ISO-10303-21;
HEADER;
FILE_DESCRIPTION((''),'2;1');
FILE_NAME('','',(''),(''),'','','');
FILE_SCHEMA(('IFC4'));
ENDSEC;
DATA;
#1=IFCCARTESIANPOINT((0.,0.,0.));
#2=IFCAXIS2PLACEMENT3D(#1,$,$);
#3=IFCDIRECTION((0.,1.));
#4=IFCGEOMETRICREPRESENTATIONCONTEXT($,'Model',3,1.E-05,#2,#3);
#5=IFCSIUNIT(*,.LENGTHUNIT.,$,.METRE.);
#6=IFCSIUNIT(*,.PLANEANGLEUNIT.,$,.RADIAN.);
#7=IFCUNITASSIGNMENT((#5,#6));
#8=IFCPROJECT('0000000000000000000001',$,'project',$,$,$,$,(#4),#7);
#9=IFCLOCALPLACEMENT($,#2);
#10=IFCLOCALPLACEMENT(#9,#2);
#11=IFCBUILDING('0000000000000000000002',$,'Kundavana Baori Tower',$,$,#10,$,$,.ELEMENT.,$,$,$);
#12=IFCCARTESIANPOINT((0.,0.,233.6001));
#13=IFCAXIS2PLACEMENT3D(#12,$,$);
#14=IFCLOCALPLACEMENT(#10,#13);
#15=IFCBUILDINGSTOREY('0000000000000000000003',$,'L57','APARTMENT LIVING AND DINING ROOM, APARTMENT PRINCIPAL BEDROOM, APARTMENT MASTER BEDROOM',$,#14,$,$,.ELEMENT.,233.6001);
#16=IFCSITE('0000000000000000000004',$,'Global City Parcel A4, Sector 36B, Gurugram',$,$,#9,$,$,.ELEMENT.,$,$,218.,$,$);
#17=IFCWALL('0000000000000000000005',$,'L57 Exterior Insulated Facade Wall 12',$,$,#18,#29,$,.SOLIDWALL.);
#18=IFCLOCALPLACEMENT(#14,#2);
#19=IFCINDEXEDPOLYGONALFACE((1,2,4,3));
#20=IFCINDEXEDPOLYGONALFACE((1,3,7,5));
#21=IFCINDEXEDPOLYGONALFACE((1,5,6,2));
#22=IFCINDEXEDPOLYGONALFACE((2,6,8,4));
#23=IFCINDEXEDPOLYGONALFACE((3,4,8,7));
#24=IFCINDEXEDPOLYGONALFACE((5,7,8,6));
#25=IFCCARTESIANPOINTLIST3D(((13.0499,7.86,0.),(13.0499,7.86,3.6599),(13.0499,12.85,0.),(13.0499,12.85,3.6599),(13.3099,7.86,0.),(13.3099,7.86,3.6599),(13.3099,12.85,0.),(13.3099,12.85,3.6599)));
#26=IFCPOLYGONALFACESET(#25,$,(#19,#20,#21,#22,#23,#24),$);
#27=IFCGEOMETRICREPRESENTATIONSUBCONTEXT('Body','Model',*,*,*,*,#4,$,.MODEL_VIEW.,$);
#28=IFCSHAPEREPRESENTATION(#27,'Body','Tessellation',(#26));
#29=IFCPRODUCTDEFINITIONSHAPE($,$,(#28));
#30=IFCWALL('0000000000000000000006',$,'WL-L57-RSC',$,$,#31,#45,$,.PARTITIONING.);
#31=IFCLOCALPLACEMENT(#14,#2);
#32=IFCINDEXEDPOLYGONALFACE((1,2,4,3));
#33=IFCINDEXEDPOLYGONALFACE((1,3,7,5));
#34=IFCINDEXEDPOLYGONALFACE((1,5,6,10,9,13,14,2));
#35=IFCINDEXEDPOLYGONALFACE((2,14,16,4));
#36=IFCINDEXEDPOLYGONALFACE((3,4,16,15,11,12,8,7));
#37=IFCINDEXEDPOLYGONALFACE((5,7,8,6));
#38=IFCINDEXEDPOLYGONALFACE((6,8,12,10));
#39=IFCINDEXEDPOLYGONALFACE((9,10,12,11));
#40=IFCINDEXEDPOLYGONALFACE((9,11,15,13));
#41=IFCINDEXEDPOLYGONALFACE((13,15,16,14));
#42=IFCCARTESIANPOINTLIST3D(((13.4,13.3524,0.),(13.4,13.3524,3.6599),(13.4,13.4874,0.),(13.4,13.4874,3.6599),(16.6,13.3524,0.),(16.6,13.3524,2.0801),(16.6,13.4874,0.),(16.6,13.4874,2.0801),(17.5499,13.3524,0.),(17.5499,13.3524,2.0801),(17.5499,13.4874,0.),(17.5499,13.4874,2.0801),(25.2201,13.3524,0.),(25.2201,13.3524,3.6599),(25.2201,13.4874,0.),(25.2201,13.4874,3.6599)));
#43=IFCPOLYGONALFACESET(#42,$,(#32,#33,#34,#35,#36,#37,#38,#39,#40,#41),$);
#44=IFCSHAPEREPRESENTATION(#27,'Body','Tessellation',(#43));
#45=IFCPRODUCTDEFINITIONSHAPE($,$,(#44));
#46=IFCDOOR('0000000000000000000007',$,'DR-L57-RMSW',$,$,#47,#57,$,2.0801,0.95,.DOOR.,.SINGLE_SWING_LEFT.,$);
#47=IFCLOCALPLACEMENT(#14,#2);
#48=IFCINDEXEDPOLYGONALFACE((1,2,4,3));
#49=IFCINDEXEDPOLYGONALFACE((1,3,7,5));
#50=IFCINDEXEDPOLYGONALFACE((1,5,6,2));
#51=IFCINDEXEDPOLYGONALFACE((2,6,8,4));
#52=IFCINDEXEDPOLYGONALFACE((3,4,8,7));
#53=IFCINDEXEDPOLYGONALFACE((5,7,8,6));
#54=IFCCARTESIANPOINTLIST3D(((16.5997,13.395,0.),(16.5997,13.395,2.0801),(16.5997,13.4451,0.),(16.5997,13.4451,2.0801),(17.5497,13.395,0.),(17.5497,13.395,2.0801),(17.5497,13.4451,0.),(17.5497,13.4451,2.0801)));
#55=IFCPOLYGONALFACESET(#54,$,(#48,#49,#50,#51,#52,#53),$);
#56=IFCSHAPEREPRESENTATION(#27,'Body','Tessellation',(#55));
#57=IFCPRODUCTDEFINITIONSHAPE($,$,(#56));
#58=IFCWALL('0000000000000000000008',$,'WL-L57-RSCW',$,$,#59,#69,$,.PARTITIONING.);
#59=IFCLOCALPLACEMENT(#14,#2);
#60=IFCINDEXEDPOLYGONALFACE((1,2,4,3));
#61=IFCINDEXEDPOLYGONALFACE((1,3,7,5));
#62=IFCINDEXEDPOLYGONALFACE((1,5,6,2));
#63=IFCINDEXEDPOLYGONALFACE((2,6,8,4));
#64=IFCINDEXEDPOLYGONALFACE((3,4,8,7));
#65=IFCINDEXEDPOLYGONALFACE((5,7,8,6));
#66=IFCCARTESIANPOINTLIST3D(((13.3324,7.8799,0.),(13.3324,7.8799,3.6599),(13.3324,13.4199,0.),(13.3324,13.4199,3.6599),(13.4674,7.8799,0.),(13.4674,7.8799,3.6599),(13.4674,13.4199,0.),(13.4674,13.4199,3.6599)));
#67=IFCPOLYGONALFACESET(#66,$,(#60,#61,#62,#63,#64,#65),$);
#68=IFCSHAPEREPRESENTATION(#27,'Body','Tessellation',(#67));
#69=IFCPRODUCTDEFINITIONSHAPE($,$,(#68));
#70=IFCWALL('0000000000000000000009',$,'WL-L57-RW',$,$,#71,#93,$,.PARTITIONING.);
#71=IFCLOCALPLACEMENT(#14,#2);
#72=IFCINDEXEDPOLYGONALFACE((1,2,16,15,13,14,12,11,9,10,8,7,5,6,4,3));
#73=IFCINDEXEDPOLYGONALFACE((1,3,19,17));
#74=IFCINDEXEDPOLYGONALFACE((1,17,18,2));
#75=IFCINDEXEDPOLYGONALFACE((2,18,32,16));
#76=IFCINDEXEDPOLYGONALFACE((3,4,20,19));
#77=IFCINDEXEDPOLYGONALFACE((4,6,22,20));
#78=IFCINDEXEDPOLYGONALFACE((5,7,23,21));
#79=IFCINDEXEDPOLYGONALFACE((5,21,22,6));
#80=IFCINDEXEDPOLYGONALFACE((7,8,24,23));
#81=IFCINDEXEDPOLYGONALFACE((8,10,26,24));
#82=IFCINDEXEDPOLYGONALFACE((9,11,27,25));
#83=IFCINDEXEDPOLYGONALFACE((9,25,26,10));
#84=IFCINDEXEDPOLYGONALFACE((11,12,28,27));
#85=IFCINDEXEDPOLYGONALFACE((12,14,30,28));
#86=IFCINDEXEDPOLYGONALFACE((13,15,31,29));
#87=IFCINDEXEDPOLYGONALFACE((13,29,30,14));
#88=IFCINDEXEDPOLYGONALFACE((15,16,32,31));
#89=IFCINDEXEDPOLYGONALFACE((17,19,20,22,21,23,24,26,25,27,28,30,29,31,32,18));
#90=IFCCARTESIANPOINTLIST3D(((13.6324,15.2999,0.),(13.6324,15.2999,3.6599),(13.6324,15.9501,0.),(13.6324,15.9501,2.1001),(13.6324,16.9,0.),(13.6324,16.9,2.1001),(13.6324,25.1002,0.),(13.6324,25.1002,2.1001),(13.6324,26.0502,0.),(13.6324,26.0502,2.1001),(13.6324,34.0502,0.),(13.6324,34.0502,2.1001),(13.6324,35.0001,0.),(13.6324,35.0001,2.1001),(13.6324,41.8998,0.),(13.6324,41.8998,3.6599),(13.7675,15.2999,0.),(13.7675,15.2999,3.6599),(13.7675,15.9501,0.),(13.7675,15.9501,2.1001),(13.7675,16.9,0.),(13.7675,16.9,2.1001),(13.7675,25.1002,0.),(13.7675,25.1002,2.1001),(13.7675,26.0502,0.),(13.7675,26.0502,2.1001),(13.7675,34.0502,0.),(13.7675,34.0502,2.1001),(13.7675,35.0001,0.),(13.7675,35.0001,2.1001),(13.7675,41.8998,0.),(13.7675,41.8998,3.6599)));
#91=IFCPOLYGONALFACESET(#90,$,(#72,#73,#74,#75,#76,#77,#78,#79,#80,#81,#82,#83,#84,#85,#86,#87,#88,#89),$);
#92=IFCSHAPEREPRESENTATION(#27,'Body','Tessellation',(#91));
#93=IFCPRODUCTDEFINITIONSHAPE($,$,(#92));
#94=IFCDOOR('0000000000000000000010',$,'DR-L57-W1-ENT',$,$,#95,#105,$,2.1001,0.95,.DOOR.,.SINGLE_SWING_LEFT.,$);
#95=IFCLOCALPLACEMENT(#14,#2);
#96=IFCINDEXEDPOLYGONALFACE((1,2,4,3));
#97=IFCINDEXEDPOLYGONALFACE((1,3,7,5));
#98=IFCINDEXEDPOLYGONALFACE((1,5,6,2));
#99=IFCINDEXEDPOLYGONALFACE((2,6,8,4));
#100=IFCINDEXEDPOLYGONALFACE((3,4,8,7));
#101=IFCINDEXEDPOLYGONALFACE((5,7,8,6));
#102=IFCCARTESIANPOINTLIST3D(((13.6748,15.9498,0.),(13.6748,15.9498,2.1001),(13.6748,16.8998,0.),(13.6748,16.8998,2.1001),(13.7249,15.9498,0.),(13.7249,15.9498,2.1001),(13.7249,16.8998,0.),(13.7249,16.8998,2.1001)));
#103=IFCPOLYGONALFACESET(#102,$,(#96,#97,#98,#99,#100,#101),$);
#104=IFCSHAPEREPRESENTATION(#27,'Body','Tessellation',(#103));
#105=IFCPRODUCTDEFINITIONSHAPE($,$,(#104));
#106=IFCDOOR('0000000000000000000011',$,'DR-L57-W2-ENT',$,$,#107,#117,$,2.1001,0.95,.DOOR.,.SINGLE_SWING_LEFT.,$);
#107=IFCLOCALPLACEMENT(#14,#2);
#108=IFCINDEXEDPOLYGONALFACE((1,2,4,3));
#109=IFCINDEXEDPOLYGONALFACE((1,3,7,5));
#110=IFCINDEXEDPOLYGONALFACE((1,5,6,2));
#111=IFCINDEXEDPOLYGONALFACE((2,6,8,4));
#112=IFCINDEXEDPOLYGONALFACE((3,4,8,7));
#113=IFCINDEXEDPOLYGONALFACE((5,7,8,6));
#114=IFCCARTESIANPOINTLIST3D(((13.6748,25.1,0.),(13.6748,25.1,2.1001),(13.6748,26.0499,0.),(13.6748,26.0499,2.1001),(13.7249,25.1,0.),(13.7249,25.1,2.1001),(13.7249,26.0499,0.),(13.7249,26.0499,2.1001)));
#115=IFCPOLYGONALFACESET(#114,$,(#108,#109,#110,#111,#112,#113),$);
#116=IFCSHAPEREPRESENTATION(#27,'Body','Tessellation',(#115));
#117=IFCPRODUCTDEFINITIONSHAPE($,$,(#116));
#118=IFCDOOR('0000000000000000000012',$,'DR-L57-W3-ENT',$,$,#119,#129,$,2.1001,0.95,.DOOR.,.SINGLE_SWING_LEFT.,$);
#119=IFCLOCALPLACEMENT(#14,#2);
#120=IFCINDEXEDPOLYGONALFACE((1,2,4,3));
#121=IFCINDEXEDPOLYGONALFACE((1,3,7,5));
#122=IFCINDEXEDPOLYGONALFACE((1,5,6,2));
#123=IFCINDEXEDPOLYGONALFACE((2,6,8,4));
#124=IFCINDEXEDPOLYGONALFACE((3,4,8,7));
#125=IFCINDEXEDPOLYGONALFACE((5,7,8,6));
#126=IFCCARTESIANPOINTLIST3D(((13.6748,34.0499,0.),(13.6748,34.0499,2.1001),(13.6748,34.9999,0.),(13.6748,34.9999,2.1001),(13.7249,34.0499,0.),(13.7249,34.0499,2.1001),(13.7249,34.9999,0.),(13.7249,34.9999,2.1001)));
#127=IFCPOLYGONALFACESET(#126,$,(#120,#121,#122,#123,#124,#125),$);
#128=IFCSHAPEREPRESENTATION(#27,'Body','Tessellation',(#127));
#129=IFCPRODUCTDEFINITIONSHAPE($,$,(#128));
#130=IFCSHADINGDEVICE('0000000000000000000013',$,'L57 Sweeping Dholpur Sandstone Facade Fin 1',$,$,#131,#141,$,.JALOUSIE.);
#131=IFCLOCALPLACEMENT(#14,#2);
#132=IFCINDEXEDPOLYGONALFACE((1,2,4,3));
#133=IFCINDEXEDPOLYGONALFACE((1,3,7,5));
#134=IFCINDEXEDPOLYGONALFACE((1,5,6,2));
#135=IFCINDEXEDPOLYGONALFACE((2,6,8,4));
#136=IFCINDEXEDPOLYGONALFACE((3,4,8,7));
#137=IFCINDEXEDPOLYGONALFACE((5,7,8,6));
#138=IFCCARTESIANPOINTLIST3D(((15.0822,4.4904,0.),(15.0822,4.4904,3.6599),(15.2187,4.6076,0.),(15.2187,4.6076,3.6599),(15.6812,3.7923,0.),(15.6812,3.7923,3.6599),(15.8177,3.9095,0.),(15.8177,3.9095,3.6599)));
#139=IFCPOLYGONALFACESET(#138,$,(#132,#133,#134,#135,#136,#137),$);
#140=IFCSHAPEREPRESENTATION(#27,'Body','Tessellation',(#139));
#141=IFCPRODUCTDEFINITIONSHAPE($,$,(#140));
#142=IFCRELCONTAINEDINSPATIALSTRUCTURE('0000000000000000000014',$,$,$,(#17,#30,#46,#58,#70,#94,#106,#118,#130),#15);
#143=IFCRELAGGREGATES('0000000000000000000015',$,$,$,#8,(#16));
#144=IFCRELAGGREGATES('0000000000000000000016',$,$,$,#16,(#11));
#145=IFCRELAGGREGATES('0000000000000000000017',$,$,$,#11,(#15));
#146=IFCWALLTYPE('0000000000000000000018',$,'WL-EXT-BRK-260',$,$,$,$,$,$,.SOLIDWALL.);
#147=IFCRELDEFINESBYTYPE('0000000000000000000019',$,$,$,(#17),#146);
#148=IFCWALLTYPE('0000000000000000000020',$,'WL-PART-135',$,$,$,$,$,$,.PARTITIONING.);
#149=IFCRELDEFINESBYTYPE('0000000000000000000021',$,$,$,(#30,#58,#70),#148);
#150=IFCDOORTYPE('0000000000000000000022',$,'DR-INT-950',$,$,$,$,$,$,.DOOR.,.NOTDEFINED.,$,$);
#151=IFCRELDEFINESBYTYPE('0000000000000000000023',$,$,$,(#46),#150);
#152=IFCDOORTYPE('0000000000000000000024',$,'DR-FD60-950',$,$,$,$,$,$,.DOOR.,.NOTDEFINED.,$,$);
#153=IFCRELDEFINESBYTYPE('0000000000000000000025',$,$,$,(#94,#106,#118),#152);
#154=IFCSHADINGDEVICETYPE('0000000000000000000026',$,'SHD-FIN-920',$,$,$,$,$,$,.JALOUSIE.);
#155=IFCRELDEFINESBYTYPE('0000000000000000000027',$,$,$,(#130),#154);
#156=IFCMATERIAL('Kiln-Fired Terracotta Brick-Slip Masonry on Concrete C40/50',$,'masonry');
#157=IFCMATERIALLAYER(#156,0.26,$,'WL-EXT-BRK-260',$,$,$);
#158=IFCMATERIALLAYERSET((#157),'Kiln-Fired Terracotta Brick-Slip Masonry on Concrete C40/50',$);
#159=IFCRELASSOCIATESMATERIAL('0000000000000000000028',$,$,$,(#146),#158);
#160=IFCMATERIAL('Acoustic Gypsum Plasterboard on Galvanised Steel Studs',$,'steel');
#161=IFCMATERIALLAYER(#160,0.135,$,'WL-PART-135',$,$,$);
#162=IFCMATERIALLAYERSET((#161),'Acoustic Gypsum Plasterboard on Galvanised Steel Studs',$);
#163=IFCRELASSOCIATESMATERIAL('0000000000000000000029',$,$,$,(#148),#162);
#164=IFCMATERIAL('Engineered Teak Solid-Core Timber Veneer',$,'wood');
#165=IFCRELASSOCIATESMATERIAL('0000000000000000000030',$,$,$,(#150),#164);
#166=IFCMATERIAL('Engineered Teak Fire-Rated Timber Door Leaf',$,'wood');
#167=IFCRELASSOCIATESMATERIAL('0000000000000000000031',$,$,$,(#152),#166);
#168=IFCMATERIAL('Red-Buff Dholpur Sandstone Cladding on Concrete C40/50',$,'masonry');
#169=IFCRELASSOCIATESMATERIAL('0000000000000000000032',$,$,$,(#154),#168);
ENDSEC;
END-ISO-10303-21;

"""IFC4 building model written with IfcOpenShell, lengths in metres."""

from ifc_helpers import new_model, si_unit, direction, frame, frame_2d, origin, origin_2d, place, context, subcontext, project, spatial, rectangle, extrude, material, layer, layer_set, type_object, element, fill, save


model = new_model("IFC4")

# Units and contexts
model_context = context("Model", 3, precision=1e-05, world=origin(), true_north=direction((0.0, 1.0)))
body_context = subcontext(model_context, "Body", "Model", "MODEL_VIEW")
ifc_project = project(units=[si_unit("LENGTHUNIT", "METRE"), si_unit("PLANEANGLEUNIT", "RADIAN")], contexts=[model_context])

# Site, building, storey
site_placement = place(None, origin())
site = spatial("IfcSite", under=ifc_project, at=site_placement, Name="Global City Parcel A4, Sector 36B, Gurugram", CompositionType="ELEMENT", RefElevation=218.0)
building_placement = place(site_placement, origin())
building = spatial("IfcBuilding", under=site, at=building_placement, Name="Kundavana Baori Tower", CompositionType="ELEMENT")
storey_placement = place(building_placement, frame((0.0, 0.0, 233.6001)))
storey = spatial("IfcBuildingStorey", under=building, at=storey_placement, Name="L57", Description="APARTMENT LIVING AND DINING ROOM, APARTMENT PRINCIPAL BEDROOM, APARTMENT MASTER BEDROOM", CompositionType="ELEMENT", Elevation=233.6001)

# Shared definitions
ifc_material_1 = material(Name="Kiln-Fired Terracotta Brick-Slip Masonry on Concrete C40/50", Category="masonry")
ifc_layer_1 = layer(ifc_material_1, 0.26, Name="WL-EXT-BRK-260")
ifc_layer_set_1 = layer_set([ifc_layer_1], Name="Kiln-Fired Terracotta Brick-Slip Masonry on Concrete C40/50")
wall_type_1 = type_object("IfcWallType", Name="WL-EXT-BRK-260", PredefinedType="SOLIDWALL", material=ifc_layer_set_1)

# Wall
wall_1_placement = place(storey_placement, frame((13.1799, 12.8501, 0.0), z_axis=(0.0, 0.0, 1.0), x_axis=(0.0, -1.0, 0.0)))
element("IfcWall", 1, at=wall_1_placement, inside=storey, type_object=wall_type_1, Name="L57 Exterior Insulated Facade Wall 12", PredefinedType="SOLIDWALL", context=body_context, shape_type="SweptSolid", body=[
    extrude(rectangle(XDim=4.99, YDim=0.26, at=frame_2d((2.4951, 0.0))), origin(), (0.0, 0.0, 1.0), 3.6599),
])

# Wall, opening, door
ifc_material_2 = material(Name="Acoustic Gypsum Plasterboard on Galvanised Steel Studs", Category="steel")
ifc_layer_2 = layer(ifc_material_2, 0.135, Name="WL-PART-135")
ifc_layer_set_2 = layer_set([ifc_layer_2], Name="Acoustic Gypsum Plasterboard on Galvanised Steel Studs")
wall_type_2 = type_object("IfcWallType", Name="WL-PART-135", PredefinedType="PARTITIONING", material=ifc_layer_set_2)
wall_2_placement = place(storey_placement, frame((13.3999, 13.4199, 0.0), z_axis=(0.0, 0.0, 1.0), x_axis=(1.0, 0.0, 0.0)))
wall_2 = element("IfcWall", 2, at=wall_2_placement, inside=storey, type_object=wall_type_2, Name="WL-L57-RSC", PredefinedType="PARTITIONING", context=body_context, shape_type="SweptSolid", body=[
    extrude(rectangle(XDim=11.8201, YDim=0.135, at=frame_2d((5.9102, 0.0))), origin(), (0.0, 0.0, 1.0), 3.6599),
])
opening_1_placement = place(wall_2_placement, frame((3.2, 0.0, 0.0)))
opening_1 = element("IfcOpeningElement", 3, at=opening_1_placement, cuts=wall_2, PredefinedType="OPENING", context=body_context, shape_type="SweptSolid", body=[
    extrude(rectangle(XDim=0.95, YDim=2.0801, at=frame_2d((0.4751, 1.04))), frame((0.0, 0.0776, 0.0), z_axis=(0.0, -1.0, 0.0), x_axis=(1.0, 0.0, 0.0)), (0.0, 0.0, 1.0), 0.155),
])
ifc_material_3 = material(Name="Engineered Teak Solid-Core Timber Veneer", Category="wood")
door_type_1 = type_object("IfcDoorType", Name="DR-INT-950", OperationType="NOTDEFINED", PredefinedType="DOOR", material=ifc_material_3)
door_1_placement = place(opening_1_placement, frame((0.95, 0.0, 0.0), z_axis=(0.0, 0.0, 1.0), x_axis=(-1.0, 0.0, 0.0)))
door_1 = element("IfcDoor", 4, at=door_1_placement, inside=storey, type_object=door_type_1, Name="DR-L57-RMSW", OperationType="SINGLE_SWING_LEFT", OverallHeight=2.0801, OverallWidth=0.95, PredefinedType="DOOR", context=body_context, shape_type="SweptSolid", body=[
    extrude(rectangle(XDim=0.95, YDim=2.0801, at=frame_2d((0.4751, 1.04))), frame((0.0, 0.0249, 0.0), z_axis=(0.0, -1.0, 0.0), x_axis=(1.0, 0.0, 0.0)), (0.0, 0.0, 1.0), 0.05),
])
fill(opening_1, door_1)

# Wall
wall_3_placement = place(storey_placement, frame((13.3999, 7.8799, 0.0), z_axis=(0.0, 0.0, 1.0), x_axis=(0.0, 1.0, 0.0)))
element("IfcWall", 5, at=wall_3_placement, inside=storey, type_object=wall_type_2, Name="WL-L57-RSCW", PredefinedType="PARTITIONING", context=body_context, shape_type="SweptSolid", body=[
    extrude(rectangle(XDim=5.54, YDim=0.135, at=frame_2d((2.77, 0.0))), origin(), (0.0, 0.0, 1.0), 3.6599),
])

# Wall, openings, doors
wall_4_placement = place(storey_placement, frame((13.7, 15.3, 0.0), z_axis=(0.0, 0.0, 1.0), x_axis=(0.0, 1.0, 0.0)))
wall_4 = element("IfcWall", 6, at=wall_4_placement, inside=storey, type_object=wall_type_2, Name="WL-L57-RW", PredefinedType="PARTITIONING", context=body_context, shape_type="SweptSolid", body=[
    extrude(rectangle(XDim=26.5999, YDim=0.135, at=frame_2d((13.2998, 0.0))), origin(), (0.0, 0.0, 1.0), 3.6599),
])
opening_2_placement = place(wall_4_placement, frame((0.6499, 0.0, 0.0)))
opening_2 = element("IfcOpeningElement", 7, at=opening_2_placement, cuts=wall_4, PredefinedType="OPENING", context=body_context, shape_type="SweptSolid", body=[
    extrude(rectangle(XDim=0.95, YDim=2.1001, at=frame_2d((0.4751, 1.05))), frame((0.0, 0.0776, 0.0), z_axis=(0.0, -1.0, 0.0), x_axis=(1.0, 0.0, 0.0)), (0.0, 0.0, 1.0), 0.155),
])
opening_3_placement = place(wall_4_placement, frame((9.8, 0.0, 0.0)))
opening_3 = element("IfcOpeningElement", 8, at=opening_3_placement, cuts=wall_4, PredefinedType="OPENING", context=body_context, shape_type="SweptSolid", body=[
    extrude(rectangle(XDim=0.95, YDim=2.1001, at=frame_2d((0.4751, 1.05))), frame((0.0, 0.0776, 0.0), z_axis=(0.0, -1.0, 0.0), x_axis=(1.0, 0.0, 0.0)), (0.0, 0.0, 1.0), 0.155),
])
opening_4_placement = place(wall_4_placement, frame((18.75, 0.0, 0.0)))
opening_4 = element("IfcOpeningElement", 9, at=opening_4_placement, cuts=wall_4, PredefinedType="OPENING", context=body_context, shape_type="SweptSolid", body=[
    extrude(rectangle(XDim=0.95, YDim=2.1001, at=frame_2d((0.4751, 1.05))), frame((0.0, 0.0776, 0.0), z_axis=(0.0, -1.0, 0.0), x_axis=(1.0, 0.0, 0.0)), (0.0, 0.0, 1.0), 0.155),
])
ifc_material_4 = material(Name="Engineered Teak Fire-Rated Timber Door Leaf", Category="wood")
door_type_2 = type_object("IfcDoorType", Name="DR-FD60-950", OperationType="NOTDEFINED", PredefinedType="DOOR", material=ifc_material_4)
door_2_placement = place(opening_2_placement, frame((0.95, 0.0, 0.0), z_axis=(0.0, 0.0, 1.0), x_axis=(-1.0, 0.0, 0.0)))
door_2 = element("IfcDoor", 10, at=door_2_placement, inside=storey, type_object=door_type_2, Name="DR-L57-W1-ENT", OperationType="SINGLE_SWING_LEFT", OverallHeight=2.1001, OverallWidth=0.95, PredefinedType="DOOR", context=body_context, shape_type="SweptSolid", body=[
    extrude(rectangle(XDim=0.95, YDim=2.1001, at=frame_2d((0.4751, 1.05))), frame((0.0, 0.0249, 0.0), z_axis=(0.0, -1.0, 0.0), x_axis=(1.0, 0.0, 0.0)), (0.0, 0.0, 1.0), 0.05),
])
fill(opening_2, door_2)
door_3_placement = place(opening_3_placement, frame((0.95, 0.0, 0.0), z_axis=(0.0, 0.0, 1.0), x_axis=(-1.0, 0.0, 0.0)))
door_3 = element("IfcDoor", 11, at=door_3_placement, inside=storey, type_object=door_type_2, Name="DR-L57-W2-ENT", OperationType="SINGLE_SWING_LEFT", OverallHeight=2.1001, OverallWidth=0.95, PredefinedType="DOOR", context=body_context, shape_type="SweptSolid", body=[
    extrude(rectangle(XDim=0.95, YDim=2.1001, at=frame_2d((0.4751, 1.05))), frame((0.0, 0.0249, 0.0), z_axis=(0.0, -1.0, 0.0), x_axis=(1.0, 0.0, 0.0)), (0.0, 0.0, 1.0), 0.05),
])
fill(opening_3, door_3)
door_4_placement = place(opening_4_placement, frame((0.95, 0.0, 0.0), z_axis=(0.0, 0.0, 1.0), x_axis=(-1.0, 0.0, 0.0)))
door_4 = element("IfcDoor", 12, at=door_4_placement, inside=storey, type_object=door_type_2, Name="DR-L57-W3-ENT", OperationType="SINGLE_SWING_LEFT", OverallHeight=2.1001, OverallWidth=0.95, PredefinedType="DOOR", context=body_context, shape_type="SweptSolid", body=[
    extrude(rectangle(XDim=0.95, YDim=2.1001, at=frame_2d((0.4751, 1.05))), frame((0.0, 0.0249, 0.0), z_axis=(0.0, -1.0, 0.0), x_axis=(1.0, 0.0, 0.0)), (0.0, 0.0, 1.0), 0.05),
])
fill(opening_4, door_4)

# Shading device
ifc_material_5 = material(Name="Red-Buff Dholpur Sandstone Cladding on Concrete C40/50", Category="masonry")
shading_device_type = type_object("IfcShadingDeviceType", Name="SHD-FIN-920", PredefinedType="JALOUSIE", material=ifc_material_5)
shading_device_placement = place(storey_placement, frame((15.45, 4.2, 0.0), z_axis=(0.0, 0.0, 1.0), x_axis=(0.75893, 0.651172, 0.0)))
element("IfcShadingDevice", 13, at=shading_device_placement, inside=storey, type_object=shading_device_type, Name="L57 Sweeping Dholpur Sandstone Facade Fin 1", PredefinedType="JALOUSIE", context=body_context, shape_type="SweptSolid", body=[
    extrude(rectangle(XDim=0.1799, YDim=0.9199, at=origin_2d()), origin(), (0.0, 0.0, 1.0), 3.6599),
])

save(model, "model.ifc")
